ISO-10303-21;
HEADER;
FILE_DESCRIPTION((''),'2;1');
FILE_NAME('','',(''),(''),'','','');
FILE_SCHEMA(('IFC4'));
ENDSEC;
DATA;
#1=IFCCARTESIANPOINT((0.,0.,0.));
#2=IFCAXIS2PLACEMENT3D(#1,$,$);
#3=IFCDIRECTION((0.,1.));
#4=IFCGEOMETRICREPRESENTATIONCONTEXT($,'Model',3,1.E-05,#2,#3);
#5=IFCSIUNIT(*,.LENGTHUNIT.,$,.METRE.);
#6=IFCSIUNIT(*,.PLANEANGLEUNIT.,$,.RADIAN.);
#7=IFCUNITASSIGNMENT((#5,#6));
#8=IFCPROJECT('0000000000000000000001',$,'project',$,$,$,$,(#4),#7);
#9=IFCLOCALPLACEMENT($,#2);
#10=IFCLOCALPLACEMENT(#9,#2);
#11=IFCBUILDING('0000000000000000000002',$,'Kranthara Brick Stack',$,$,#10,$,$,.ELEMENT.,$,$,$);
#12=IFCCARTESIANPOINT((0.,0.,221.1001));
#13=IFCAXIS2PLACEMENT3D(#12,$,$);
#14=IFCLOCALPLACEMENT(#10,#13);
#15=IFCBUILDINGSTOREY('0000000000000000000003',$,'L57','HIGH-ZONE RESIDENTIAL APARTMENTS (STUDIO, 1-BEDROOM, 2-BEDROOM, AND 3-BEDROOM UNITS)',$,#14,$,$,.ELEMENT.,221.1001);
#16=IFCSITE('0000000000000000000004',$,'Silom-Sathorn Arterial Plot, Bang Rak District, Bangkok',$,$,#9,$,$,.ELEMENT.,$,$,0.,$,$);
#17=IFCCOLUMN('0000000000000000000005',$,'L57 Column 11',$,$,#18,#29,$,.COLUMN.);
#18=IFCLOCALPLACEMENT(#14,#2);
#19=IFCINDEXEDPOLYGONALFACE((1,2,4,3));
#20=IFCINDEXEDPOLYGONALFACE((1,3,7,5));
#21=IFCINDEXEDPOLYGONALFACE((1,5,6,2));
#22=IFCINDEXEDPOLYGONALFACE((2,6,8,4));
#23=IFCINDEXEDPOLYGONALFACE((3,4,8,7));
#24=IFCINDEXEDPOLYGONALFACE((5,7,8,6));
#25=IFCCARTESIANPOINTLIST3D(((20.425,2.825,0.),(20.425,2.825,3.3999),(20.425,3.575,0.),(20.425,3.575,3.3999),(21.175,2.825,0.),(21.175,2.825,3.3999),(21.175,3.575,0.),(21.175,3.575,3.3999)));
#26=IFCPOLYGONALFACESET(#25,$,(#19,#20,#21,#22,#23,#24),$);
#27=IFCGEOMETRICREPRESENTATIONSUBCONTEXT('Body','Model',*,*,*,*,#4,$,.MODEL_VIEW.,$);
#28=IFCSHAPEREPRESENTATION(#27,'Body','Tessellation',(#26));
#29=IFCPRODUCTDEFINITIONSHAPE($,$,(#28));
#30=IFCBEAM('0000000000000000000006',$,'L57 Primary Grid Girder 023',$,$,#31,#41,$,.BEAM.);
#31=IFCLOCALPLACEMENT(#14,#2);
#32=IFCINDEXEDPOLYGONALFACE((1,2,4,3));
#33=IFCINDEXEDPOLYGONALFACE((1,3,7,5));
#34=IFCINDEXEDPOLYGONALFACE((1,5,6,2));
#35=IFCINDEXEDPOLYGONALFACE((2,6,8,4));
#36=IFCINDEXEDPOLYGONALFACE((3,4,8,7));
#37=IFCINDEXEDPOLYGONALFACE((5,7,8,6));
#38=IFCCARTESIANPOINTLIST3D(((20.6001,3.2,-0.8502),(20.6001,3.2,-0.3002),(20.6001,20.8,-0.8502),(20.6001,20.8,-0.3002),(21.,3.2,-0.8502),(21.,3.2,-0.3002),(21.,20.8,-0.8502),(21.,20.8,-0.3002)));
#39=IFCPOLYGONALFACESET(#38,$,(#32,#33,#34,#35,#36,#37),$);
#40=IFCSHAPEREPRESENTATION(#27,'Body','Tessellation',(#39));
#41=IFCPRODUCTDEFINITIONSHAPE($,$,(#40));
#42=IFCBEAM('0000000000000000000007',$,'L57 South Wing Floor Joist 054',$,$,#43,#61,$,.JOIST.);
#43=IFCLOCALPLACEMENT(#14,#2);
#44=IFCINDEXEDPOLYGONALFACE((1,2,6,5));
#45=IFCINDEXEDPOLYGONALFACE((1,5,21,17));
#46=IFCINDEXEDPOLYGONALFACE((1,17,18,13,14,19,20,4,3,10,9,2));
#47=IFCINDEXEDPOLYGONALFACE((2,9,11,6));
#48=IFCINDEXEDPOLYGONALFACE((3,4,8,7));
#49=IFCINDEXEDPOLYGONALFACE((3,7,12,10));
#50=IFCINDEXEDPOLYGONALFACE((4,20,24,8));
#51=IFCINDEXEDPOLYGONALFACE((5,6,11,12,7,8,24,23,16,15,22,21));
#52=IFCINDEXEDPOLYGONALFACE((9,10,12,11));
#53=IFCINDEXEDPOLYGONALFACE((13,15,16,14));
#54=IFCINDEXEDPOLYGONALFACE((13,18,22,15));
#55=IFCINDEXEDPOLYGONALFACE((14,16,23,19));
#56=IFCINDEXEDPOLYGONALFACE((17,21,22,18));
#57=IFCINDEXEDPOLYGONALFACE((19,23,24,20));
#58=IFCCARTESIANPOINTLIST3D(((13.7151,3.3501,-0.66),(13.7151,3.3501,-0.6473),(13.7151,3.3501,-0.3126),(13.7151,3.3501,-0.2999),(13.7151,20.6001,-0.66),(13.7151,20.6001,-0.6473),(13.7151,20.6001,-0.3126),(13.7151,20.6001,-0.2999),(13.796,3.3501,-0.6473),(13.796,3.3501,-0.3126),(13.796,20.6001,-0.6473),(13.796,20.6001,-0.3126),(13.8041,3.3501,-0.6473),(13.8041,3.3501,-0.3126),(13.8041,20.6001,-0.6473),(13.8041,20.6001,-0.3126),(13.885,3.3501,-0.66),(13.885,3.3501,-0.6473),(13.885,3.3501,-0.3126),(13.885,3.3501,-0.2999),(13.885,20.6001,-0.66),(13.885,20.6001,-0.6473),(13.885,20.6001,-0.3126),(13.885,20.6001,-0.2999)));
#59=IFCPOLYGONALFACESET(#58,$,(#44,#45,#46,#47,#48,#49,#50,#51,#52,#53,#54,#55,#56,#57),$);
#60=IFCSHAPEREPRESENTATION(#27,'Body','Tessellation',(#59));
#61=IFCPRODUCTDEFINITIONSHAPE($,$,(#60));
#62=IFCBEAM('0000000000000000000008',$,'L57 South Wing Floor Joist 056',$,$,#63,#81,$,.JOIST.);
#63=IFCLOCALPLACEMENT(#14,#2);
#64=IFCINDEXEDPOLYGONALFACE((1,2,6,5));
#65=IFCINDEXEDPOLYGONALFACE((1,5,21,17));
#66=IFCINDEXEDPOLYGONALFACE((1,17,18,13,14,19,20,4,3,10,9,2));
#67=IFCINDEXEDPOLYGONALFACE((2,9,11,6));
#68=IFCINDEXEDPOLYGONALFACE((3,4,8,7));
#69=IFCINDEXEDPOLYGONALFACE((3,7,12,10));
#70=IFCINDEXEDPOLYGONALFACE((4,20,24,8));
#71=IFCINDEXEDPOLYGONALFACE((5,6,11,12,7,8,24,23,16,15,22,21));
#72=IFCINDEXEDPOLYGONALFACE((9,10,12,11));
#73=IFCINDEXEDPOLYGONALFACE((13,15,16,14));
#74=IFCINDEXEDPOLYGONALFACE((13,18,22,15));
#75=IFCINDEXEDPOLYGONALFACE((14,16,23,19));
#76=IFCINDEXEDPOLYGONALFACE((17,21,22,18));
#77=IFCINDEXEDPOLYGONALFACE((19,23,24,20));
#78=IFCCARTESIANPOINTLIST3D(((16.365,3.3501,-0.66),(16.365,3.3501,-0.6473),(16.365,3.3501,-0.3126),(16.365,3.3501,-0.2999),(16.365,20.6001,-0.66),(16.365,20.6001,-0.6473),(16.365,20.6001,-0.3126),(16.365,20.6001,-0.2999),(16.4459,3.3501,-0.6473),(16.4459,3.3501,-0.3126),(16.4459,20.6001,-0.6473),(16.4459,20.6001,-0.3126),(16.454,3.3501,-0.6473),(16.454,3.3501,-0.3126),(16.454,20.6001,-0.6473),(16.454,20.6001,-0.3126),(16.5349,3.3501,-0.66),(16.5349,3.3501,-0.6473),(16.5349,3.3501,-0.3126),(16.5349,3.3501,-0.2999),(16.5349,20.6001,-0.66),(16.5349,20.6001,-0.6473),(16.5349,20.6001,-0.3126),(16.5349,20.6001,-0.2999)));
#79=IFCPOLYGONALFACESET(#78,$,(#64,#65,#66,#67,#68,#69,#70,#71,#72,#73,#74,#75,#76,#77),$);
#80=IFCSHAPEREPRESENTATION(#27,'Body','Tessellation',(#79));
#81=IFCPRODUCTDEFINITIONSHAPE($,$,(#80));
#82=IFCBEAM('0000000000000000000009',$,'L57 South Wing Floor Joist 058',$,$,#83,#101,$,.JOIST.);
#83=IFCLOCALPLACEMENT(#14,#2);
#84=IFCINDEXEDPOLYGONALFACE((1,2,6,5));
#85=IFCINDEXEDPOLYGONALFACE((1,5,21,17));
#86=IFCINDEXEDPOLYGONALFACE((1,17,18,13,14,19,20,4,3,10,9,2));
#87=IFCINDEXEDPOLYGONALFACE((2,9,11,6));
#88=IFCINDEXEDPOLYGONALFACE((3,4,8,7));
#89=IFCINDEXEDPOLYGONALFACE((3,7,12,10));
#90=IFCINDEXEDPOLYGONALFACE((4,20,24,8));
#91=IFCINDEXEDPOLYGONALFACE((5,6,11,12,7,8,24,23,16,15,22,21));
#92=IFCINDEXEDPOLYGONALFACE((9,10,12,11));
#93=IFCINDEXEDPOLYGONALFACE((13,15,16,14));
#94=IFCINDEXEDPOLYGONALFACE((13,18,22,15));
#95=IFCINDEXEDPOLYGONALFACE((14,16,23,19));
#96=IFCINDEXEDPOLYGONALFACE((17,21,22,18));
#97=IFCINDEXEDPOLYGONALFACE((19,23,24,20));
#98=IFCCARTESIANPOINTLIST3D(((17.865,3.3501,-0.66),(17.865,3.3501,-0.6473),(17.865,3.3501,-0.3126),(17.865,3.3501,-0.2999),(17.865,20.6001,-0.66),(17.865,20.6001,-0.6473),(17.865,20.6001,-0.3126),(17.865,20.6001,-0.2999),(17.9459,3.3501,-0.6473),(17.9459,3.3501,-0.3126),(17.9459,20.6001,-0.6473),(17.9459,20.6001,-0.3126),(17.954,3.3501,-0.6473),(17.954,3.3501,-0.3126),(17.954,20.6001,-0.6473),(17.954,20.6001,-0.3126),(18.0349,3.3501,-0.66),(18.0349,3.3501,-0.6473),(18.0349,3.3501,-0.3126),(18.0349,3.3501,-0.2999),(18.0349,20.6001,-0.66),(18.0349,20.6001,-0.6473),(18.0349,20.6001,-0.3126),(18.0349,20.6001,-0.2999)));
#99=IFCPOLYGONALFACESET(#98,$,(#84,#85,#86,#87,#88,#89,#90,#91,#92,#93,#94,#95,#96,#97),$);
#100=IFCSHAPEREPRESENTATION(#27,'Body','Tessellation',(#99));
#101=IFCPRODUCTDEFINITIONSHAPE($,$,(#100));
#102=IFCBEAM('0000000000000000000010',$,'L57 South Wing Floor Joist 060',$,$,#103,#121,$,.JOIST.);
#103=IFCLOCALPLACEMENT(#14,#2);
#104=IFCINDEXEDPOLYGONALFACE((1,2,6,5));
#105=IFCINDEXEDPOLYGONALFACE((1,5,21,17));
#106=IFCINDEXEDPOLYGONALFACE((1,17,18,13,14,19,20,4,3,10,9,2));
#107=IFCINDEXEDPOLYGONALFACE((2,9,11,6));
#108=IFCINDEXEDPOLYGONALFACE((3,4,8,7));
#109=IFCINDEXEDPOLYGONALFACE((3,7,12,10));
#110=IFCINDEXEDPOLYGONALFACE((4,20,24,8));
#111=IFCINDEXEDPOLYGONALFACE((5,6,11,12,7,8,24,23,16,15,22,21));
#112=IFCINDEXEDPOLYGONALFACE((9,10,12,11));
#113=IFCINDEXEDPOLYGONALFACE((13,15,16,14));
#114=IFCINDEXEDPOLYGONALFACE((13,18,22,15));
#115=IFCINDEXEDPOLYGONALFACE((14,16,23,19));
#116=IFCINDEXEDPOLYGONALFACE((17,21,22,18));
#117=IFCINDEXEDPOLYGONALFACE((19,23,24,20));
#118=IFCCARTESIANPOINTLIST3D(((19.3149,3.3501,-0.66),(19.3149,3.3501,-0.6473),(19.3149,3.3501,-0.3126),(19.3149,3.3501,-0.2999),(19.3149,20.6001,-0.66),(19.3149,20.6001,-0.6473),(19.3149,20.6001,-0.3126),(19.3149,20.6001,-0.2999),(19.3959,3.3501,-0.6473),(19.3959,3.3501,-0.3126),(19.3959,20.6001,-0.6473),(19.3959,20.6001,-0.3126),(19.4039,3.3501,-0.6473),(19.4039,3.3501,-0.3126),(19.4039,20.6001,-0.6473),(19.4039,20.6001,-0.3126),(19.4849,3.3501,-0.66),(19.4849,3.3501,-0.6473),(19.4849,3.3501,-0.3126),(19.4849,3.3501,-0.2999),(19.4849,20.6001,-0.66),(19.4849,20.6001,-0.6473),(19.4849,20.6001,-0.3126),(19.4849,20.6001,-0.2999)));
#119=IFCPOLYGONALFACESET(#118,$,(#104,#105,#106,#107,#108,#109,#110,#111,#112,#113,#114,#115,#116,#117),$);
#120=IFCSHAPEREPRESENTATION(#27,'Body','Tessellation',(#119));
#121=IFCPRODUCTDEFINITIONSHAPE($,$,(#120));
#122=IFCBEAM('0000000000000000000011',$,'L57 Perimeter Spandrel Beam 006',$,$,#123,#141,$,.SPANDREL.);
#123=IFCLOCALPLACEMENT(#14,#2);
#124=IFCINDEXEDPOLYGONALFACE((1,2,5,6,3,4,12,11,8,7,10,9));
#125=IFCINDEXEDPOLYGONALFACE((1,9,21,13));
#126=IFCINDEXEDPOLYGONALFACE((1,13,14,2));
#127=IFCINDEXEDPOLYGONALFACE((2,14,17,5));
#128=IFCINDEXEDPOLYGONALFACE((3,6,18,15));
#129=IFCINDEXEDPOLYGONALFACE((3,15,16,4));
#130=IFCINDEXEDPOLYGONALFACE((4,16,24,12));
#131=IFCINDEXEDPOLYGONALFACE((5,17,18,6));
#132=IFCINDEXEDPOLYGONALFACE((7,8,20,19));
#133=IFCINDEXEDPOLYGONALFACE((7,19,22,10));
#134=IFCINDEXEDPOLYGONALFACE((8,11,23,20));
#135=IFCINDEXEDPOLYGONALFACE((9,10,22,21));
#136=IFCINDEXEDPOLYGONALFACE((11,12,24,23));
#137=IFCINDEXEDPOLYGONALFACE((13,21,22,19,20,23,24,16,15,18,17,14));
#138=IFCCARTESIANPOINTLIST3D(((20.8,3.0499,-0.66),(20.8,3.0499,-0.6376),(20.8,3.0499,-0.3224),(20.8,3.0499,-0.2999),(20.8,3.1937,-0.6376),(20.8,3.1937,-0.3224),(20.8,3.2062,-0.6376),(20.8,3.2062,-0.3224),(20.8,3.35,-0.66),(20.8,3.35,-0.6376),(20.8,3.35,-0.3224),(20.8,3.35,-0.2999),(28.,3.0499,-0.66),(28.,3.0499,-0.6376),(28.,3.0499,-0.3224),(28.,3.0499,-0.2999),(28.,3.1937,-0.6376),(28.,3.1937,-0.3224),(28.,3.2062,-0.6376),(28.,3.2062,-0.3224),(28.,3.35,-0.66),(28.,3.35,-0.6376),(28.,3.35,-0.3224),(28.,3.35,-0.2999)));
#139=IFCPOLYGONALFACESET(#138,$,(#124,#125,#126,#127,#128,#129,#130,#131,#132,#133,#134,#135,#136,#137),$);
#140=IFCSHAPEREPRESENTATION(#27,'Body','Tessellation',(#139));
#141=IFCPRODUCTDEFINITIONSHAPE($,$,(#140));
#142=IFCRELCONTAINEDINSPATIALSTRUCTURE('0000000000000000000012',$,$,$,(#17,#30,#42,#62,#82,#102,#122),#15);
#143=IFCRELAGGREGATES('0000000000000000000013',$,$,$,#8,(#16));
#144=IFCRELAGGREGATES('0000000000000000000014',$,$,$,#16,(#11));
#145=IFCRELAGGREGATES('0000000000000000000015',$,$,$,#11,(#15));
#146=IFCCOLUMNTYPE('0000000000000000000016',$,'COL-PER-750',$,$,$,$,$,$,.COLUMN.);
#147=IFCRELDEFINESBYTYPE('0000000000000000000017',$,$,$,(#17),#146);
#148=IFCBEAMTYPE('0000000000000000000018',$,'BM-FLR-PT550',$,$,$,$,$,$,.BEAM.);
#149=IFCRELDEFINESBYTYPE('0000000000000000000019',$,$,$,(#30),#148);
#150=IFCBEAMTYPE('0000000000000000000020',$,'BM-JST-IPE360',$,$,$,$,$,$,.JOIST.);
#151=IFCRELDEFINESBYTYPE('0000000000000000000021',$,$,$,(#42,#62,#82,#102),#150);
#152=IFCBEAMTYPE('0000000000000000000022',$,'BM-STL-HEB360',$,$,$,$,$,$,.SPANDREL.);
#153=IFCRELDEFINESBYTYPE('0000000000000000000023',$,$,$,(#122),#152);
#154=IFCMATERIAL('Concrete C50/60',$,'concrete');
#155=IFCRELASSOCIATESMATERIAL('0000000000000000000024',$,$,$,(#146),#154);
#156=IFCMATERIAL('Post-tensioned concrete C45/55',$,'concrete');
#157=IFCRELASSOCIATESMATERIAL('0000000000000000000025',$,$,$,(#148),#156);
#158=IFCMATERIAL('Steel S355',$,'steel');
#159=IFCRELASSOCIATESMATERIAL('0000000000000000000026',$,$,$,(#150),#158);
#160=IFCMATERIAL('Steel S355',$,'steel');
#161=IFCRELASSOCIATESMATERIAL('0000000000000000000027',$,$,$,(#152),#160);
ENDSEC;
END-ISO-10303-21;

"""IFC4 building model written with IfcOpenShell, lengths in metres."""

from ifc_helpers import new_model, si_unit, direction, frame, origin, origin_2d, place, context, subcontext, project, spatial, rectangle, i_section, extrude, material, material_profile, profile_set, type_object, element, save


model = new_model("IFC4")

# Units and contexts
model_context = context("Model", 3, precision=1e-05, world=origin(), true_north=direction((0.0, 1.0)))
body_context = subcontext(model_context, "Body", "Model", "MODEL_VIEW")
ifc_project = project(units=[si_unit("LENGTHUNIT", "METRE"), si_unit("PLANEANGLEUNIT", "RADIAN")], contexts=[model_context])

# Site, building, storey
site_placement = place(None, origin())
site = spatial("IfcSite", under=ifc_project, at=site_placement, Name="Silom-Sathorn Arterial Plot, Bang Rak District, Bangkok", CompositionType="ELEMENT", RefElevation=0.0)
building_placement = place(site_placement, origin())
building = spatial("IfcBuilding", under=site, at=building_placement, Name="Kranthara Brick Stack", CompositionType="ELEMENT")
storey_placement = place(building_placement, frame((0.0, 0.0, 221.1001)))
storey = spatial("IfcBuildingStorey", under=building, at=storey_placement, Name="L57", Description="HIGH-ZONE RESIDENTIAL APARTMENTS (STUDIO, 1-BEDROOM, 2-BEDROOM, AND 3-BEDROOM UNITS)", CompositionType="ELEMENT", Elevation=221.1001)

# Column
ifc_material_1 = material(Name="Concrete C50/60", Category="concrete")
ifc_material_profile_1 = material_profile(ifc_material_1, rectangle(XDim=0.75, YDim=0.75, at=origin_2d()), Name="RC 750x750")
ifc_profile_set_1 = profile_set([ifc_material_profile_1], Name="Concrete C50/60")
column_type = type_object("IfcColumnType", Name="COL-PER-750", PredefinedType="COLUMN", material=ifc_profile_set_1)
column_placement = place(storey_placement, frame((20.8, 3.2, 0.0), z_axis=(0.0, 0.0, 1.0), x_axis=(1.0, 0.0, 0.0)))
element("IfcColumn", 1, at=column_placement, inside=storey, type_object=column_type, Name="L57 Column 11", PredefinedType="COLUMN", context=body_context, shape_type="SweptSolid", body=[
    extrude(rectangle(XDim=0.75, YDim=0.75, at=origin_2d()), origin(), (0.0, 0.0, 1.0), 3.3999),
])

# Beams
ifc_material_2 = material(Name="Post-tensioned concrete C45/55", Category="concrete")
ifc_material_profile_2 = material_profile(ifc_material_2, rectangle(XDim=0.3999, YDim=0.55, at=origin_2d()), Name="PT 400x550")
ifc_profile_set_2 = profile_set([ifc_material_profile_2], Name="Post-tensioned concrete C45/55")
beam_type_1 = type_object("IfcBeamType", Name="BM-FLR-PT550", PredefinedType="BEAM", material=ifc_profile_set_2)
beam_1_placement = place(storey_placement, frame((20.8, 3.2, -0.5752), z_axis=(0.0, 1.0, 0.0), x_axis=(-1.0, 0.0, 0.0)))
element("IfcBeam", 2, at=beam_1_placement, inside=storey, type_object=beam_type_1, Name="L57 Primary Grid Girder 023", PredefinedType="BEAM", context=body_context, shape_type="SweptSolid", body=[
    extrude(rectangle(XDim=0.3999, YDim=0.55, at=origin_2d()), origin(), (0.0, 0.0, 1.0), 17.6001),
])
ifc_material_3 = material(Name="Steel S355", Category="steel")
ifc_material_profile_3 = material_profile(ifc_material_3, i_section(OverallWidth=0.1699, OverallDepth=0.3601, WebThickness=0.0081, FlangeThickness=0.0127, at=origin_2d()), Name="IPE 360")
ifc_profile_set_3 = profile_set([ifc_material_profile_3], Name="Steel S355")
beam_type_2 = type_object("IfcBeamType", Name="BM-JST-IPE360", PredefinedType="JOIST", material=ifc_profile_set_3)
for number, where, z_axis, x_axis, name in (
    (3, (13.8, 3.3501, -0.48), (0.0, 1.0, 0.0), (-1.0, 0.0, 0.0), "L57 South Wing Floor Joist 054"),
    (4, (16.45, 3.3501, -0.48), (0.0, 1.0, 0.0), (-1.0, 0.0, 0.0), "L57 South Wing Floor Joist 056"),
    (5, (17.95, 3.3501, -0.48), (0.0, 1.0, 0.0), (-1.0, 0.0, 0.0), "L57 South Wing Floor Joist 058"),
    (6, (19.3999, 3.3501, -0.48), (0.0, 1.0, 0.0), (-1.0, 0.0, 0.0), "L57 South Wing Floor Joist 060"),
):
    element("IfcBeam", number, at=place(storey_placement, frame(where, z_axis=z_axis, x_axis=x_axis)), inside=storey, type_object=beam_type_2, Name=name, PredefinedType="JOIST", context=body_context, shape_type="SweptSolid", body=[
        extrude(i_section(OverallWidth=0.1699, OverallDepth=0.3601, WebThickness=0.0081, FlangeThickness=0.0127, at=origin_2d()), origin(), (0.0, 0.0, 1.0), 17.25),
    ])
ifc_material_4 = material(Name="Steel S355", Category="steel")
ifc_material_profile_4 = material_profile(ifc_material_4, i_section(OverallWidth=0.3, OverallDepth=0.3601, WebThickness=0.0125, FlangeThickness=0.0225, at=origin_2d()), Name="HEB 360")
ifc_profile_set_4 = profile_set([ifc_material_profile_4], Name="Steel S355")
beam_type_3 = type_object("IfcBeamType", Name="BM-STL-HEB360", PredefinedType="SPANDREL", material=ifc_profile_set_4)
beam_2_placement = place(storey_placement, frame((20.8, 3.2, -0.48), z_axis=(1.0, 0.0, 0.0), x_axis=(0.0, 1.0, 0.0)))
element("IfcBeam", 7, at=beam_2_placement, inside=storey, type_object=beam_type_3, Name="L57 Perimeter Spandrel Beam 006", PredefinedType="SPANDREL", context=body_context, shape_type="SweptSolid", body=[
    extrude(i_section(OverallWidth=0.3, OverallDepth=0.3601, WebThickness=0.0125, FlangeThickness=0.0225, at=origin_2d()), origin(), (0.0, 0.0, 1.0), 7.2),
])

save(model, "model.ifc")
